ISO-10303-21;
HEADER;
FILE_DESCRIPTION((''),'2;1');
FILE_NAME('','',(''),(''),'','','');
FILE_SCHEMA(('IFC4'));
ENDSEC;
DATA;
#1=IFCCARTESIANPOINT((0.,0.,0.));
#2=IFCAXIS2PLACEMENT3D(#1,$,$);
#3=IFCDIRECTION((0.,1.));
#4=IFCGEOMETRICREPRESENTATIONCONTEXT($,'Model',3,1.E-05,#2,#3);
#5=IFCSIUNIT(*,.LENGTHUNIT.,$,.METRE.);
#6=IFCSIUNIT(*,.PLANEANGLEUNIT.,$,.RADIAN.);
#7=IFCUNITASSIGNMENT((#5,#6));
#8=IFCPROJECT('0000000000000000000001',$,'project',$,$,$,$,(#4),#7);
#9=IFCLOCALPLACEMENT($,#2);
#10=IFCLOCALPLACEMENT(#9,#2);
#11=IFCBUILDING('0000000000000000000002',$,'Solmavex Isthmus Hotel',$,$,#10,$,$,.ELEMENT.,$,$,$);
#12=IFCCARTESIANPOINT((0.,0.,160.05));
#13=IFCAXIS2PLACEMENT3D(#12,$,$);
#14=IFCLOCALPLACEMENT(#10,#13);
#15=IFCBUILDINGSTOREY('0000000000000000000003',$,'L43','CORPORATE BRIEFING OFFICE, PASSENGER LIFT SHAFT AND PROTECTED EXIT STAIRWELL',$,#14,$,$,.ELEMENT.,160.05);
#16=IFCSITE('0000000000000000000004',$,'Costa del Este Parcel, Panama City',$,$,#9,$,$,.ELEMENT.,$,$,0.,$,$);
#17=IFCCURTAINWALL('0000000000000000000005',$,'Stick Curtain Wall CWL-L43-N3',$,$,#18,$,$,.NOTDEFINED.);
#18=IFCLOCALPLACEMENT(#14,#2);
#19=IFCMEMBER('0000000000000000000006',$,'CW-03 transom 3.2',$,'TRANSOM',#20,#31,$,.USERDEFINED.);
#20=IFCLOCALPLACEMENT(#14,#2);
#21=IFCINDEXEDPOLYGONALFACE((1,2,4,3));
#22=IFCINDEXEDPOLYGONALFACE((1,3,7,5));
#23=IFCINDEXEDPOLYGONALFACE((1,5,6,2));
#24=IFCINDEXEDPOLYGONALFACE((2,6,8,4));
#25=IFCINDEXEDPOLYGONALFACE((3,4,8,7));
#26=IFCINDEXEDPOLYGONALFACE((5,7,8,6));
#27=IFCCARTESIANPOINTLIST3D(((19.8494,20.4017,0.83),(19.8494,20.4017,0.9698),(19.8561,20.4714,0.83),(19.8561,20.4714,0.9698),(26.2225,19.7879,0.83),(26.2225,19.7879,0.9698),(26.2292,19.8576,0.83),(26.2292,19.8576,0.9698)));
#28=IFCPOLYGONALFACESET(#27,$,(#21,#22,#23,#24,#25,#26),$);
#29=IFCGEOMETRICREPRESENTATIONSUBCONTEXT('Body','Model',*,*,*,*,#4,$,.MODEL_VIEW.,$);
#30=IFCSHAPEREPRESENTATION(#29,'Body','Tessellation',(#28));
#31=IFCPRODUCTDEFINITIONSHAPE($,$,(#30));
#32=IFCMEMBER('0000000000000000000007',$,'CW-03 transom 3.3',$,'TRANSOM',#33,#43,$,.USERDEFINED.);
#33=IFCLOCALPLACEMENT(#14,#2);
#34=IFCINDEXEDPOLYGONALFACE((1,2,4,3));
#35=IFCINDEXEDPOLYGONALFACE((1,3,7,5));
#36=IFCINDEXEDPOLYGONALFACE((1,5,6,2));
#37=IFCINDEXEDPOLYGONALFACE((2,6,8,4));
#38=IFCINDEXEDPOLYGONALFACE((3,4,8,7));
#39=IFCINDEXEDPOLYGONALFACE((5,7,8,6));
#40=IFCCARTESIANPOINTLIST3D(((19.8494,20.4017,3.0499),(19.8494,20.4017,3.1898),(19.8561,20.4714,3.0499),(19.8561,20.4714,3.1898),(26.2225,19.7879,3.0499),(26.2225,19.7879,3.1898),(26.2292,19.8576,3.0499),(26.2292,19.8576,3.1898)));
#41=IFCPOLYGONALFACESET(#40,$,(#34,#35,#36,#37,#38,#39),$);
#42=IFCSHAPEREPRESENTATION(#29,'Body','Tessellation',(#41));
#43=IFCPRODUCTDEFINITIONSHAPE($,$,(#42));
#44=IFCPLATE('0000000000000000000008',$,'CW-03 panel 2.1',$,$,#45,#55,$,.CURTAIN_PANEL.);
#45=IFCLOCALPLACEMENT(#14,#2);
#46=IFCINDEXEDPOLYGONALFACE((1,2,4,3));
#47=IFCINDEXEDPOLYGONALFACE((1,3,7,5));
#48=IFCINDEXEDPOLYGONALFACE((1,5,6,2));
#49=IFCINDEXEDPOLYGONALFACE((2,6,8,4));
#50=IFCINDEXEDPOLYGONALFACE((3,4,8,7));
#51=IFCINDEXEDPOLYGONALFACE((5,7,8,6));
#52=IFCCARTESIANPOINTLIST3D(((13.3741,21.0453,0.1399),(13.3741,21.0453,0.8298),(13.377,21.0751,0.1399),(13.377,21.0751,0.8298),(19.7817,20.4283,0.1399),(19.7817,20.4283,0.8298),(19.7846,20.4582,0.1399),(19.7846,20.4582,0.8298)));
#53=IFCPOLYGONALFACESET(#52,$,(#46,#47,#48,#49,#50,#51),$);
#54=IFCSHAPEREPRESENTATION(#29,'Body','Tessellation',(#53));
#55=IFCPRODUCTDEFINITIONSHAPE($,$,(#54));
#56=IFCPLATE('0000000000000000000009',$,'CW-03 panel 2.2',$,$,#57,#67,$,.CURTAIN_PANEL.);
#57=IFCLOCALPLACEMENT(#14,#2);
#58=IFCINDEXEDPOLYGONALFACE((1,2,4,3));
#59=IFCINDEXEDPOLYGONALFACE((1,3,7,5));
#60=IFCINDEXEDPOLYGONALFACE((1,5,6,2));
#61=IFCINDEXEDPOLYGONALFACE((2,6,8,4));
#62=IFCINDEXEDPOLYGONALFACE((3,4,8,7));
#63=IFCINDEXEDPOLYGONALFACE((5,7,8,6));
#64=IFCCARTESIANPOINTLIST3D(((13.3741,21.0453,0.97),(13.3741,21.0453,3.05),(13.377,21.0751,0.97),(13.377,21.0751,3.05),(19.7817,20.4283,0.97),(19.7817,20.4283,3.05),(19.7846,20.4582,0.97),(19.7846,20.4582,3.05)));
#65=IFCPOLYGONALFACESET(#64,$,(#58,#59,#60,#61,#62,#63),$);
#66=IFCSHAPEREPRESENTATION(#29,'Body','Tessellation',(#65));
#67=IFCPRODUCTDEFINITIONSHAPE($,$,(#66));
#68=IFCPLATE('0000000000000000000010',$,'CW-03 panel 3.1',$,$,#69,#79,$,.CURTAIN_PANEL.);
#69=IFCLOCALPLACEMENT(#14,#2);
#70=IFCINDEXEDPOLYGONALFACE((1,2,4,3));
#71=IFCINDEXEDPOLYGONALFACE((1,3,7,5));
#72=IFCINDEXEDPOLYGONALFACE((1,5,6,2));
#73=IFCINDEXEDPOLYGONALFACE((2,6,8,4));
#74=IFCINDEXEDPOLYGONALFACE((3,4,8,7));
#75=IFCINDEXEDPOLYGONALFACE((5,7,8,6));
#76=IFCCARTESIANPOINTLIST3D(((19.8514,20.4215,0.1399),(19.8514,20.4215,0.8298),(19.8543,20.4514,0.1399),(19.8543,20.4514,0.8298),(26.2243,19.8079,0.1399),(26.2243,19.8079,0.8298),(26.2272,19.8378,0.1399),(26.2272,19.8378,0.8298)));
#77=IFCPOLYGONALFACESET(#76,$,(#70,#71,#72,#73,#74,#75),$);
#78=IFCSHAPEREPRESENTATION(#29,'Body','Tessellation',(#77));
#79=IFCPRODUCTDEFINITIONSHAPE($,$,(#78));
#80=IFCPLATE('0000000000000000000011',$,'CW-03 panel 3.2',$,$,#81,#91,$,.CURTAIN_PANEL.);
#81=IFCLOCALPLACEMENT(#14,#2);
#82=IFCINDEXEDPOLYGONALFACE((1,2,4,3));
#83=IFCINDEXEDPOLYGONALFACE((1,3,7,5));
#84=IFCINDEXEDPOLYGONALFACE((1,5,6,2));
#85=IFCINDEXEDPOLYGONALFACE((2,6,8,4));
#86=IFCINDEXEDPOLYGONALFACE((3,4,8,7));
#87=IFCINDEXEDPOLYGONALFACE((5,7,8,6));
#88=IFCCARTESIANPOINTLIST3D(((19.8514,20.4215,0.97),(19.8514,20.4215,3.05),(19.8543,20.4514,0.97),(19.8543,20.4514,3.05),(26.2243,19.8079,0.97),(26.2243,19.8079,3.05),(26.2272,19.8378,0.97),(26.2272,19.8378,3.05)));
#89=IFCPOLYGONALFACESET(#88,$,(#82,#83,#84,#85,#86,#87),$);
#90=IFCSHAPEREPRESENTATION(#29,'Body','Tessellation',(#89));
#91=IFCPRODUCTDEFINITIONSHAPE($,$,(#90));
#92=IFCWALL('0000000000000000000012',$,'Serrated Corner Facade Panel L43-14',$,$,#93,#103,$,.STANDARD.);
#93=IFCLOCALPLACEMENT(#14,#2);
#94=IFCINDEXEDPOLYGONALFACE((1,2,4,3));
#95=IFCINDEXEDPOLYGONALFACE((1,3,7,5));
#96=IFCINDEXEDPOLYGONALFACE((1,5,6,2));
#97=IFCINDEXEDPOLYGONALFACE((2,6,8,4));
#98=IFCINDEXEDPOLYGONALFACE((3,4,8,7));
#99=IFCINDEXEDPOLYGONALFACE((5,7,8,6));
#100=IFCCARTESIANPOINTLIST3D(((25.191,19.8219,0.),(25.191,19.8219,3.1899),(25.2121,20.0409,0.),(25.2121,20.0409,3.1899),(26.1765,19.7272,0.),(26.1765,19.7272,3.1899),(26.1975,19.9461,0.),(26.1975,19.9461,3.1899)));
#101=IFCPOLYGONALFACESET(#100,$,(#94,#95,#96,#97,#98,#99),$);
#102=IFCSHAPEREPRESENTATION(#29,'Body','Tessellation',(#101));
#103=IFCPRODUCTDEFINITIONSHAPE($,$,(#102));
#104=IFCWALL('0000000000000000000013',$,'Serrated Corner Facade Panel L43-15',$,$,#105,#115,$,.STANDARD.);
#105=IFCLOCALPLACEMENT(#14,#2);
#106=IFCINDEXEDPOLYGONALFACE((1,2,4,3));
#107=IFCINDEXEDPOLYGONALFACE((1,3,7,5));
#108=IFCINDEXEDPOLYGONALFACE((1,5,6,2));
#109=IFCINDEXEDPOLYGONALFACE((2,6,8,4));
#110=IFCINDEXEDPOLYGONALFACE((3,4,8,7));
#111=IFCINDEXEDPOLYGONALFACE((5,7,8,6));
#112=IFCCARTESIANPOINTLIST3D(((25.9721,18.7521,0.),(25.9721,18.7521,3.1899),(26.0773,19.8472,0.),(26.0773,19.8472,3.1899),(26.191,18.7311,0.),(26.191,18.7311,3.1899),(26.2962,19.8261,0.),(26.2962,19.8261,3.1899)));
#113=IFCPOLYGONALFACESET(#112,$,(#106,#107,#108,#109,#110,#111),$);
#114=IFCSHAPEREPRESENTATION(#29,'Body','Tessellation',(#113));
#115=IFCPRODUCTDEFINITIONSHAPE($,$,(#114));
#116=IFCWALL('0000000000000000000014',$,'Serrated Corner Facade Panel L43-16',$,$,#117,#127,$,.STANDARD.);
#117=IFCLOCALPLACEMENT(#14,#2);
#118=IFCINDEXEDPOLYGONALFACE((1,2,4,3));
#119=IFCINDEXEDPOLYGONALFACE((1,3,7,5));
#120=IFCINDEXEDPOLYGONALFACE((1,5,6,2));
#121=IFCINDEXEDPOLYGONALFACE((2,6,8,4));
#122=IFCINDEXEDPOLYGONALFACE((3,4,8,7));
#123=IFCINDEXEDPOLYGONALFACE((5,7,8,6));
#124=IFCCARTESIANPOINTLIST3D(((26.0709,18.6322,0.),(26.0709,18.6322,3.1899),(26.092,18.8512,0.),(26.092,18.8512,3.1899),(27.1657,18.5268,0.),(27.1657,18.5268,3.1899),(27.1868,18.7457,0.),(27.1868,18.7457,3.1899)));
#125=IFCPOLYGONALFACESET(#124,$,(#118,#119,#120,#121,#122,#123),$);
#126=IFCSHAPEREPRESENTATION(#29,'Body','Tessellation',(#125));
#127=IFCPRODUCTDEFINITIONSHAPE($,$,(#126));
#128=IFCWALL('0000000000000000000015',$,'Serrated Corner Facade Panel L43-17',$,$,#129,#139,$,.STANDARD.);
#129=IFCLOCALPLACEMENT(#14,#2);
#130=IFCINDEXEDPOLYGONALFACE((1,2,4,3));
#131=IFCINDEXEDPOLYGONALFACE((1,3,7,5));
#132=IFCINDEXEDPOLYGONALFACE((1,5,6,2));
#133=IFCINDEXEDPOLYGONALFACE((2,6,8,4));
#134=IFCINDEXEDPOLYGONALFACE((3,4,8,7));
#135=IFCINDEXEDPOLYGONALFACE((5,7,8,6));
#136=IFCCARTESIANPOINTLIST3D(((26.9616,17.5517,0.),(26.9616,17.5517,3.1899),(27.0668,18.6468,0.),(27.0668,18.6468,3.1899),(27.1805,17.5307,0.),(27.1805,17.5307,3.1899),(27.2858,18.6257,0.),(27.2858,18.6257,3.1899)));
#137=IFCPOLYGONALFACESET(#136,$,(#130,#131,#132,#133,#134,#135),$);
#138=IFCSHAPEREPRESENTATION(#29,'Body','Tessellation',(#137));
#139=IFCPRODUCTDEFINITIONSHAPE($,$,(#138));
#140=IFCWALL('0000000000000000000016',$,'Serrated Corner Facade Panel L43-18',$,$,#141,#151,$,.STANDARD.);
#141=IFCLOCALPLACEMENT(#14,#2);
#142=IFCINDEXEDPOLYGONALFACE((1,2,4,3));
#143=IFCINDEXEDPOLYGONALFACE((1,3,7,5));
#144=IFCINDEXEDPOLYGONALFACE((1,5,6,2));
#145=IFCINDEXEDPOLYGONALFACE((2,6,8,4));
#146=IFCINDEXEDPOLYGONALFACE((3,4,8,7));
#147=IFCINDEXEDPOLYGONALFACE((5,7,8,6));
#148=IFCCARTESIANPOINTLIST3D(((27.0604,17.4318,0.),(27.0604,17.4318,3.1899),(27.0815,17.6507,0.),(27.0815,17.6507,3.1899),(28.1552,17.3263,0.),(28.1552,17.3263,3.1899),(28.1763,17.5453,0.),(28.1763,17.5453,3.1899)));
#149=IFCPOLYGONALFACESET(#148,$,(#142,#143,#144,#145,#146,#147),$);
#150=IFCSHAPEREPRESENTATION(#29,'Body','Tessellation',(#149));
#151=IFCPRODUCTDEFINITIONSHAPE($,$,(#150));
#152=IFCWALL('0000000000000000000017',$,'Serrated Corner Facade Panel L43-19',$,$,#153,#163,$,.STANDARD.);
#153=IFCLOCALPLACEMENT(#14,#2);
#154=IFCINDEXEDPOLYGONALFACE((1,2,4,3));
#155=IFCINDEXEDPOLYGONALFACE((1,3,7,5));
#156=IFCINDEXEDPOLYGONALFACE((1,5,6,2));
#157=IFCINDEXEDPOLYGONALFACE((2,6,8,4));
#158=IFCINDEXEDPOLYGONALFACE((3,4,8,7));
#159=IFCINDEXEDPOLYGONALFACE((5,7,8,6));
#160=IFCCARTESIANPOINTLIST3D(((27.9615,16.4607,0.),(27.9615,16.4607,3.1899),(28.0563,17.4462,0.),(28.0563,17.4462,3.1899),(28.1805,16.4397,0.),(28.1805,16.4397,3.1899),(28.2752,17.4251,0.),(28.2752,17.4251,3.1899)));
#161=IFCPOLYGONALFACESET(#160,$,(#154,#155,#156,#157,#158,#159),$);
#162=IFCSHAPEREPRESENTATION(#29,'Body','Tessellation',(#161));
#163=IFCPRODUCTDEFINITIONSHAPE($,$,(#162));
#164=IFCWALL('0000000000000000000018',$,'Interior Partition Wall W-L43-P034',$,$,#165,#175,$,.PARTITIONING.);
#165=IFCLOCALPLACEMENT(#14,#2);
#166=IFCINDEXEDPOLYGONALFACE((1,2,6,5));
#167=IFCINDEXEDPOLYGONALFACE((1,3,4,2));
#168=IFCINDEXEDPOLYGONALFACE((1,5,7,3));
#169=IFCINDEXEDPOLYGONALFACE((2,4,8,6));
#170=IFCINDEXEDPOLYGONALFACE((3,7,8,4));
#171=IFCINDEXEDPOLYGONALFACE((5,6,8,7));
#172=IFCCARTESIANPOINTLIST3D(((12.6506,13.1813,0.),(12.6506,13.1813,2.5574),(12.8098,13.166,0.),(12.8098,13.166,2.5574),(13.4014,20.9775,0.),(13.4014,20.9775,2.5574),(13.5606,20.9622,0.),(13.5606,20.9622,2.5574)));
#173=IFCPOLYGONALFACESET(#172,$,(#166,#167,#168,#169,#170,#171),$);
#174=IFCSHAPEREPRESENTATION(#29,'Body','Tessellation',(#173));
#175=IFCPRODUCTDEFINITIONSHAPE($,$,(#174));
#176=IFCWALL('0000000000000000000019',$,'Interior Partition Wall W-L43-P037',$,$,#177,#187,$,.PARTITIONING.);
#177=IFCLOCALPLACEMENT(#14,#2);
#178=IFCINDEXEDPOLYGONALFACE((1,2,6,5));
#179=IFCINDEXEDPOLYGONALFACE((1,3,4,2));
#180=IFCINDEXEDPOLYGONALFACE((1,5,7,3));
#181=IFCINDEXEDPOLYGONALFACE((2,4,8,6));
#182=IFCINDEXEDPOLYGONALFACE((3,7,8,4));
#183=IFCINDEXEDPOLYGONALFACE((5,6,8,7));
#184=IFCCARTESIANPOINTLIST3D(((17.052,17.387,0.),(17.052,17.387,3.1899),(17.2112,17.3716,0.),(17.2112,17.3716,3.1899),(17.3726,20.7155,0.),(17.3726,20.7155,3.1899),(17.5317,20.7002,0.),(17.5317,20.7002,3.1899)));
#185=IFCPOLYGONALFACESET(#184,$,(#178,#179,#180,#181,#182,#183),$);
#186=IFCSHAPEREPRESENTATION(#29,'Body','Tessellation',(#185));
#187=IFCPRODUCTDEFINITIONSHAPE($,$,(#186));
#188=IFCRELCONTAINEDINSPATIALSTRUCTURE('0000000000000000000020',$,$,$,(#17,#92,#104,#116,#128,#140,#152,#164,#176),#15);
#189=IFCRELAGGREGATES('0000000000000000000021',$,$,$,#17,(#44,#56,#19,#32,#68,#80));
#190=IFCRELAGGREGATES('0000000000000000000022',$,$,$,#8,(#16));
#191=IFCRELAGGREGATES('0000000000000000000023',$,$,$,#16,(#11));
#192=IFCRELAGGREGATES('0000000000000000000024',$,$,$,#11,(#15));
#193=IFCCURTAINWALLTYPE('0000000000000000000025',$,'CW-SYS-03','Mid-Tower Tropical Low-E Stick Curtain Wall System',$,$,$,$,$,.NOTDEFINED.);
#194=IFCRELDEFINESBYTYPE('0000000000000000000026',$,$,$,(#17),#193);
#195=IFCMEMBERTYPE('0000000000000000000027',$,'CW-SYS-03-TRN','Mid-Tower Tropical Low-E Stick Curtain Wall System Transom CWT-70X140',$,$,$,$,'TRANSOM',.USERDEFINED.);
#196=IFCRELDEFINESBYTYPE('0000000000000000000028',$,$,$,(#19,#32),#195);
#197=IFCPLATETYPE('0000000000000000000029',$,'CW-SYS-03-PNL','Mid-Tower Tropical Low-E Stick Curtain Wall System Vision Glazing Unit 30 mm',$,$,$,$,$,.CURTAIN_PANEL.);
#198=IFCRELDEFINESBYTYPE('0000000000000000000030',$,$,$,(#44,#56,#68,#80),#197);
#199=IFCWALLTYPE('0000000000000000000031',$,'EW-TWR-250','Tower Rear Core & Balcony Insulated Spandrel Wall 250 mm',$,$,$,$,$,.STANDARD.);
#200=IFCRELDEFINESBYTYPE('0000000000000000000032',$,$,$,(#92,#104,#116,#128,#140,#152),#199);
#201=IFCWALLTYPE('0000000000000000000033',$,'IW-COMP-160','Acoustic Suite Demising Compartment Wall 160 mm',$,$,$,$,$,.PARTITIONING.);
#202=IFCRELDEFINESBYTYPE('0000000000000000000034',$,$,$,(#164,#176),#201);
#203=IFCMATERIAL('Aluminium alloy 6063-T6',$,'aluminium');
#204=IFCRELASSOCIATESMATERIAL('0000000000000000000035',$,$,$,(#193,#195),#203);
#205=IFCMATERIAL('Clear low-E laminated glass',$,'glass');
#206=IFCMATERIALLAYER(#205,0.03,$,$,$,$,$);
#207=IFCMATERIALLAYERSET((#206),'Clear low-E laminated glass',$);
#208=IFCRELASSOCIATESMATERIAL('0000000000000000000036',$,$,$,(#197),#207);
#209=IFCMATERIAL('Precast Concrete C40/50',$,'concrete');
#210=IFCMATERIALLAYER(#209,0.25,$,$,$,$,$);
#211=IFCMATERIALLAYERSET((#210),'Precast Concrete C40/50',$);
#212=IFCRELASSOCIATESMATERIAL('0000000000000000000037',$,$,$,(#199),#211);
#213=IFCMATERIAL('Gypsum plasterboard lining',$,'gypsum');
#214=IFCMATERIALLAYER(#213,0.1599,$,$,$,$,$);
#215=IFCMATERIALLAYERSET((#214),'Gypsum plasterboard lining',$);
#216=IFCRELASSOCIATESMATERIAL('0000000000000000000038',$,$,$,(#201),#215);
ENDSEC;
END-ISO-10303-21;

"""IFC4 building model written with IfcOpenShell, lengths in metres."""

from ifc_helpers import new_model, si_unit, direction, frame, frame_2d, origin, origin_2d, place, context, subcontext, project, spatial, rectangle, extrude, material, layer, layer_set, material_profile, profile_set, type_object, element, aggregate, save


model = new_model("IFC4")

# Units and contexts
model_context = context("Model", 3, precision=1e-05, world=origin(), true_north=direction((0.0, 1.0)))
body_context = subcontext(model_context, "Body", "Model", "MODEL_VIEW")
ifc_project = project(units=[si_unit("LENGTHUNIT", "METRE"), si_unit("PLANEANGLEUNIT", "RADIAN")], contexts=[model_context])

# Site, building, storey
site_placement = place(None, origin())
site = spatial("IfcSite", under=ifc_project, at=site_placement, Name="Costa del Este Parcel, Panama City", CompositionType="ELEMENT", RefElevation=0.0)
building_placement = place(site_placement, origin())
building = spatial("IfcBuilding", under=site, at=building_placement, Name="Solmavex Isthmus Hotel", CompositionType="ELEMENT")
storey_placement = place(building_placement, frame((0.0, 0.0, 160.05)))
storey = spatial("IfcBuildingStorey", under=building, at=storey_placement, Name="L43", Description="CORPORATE BRIEFING OFFICE, PASSENGER LIFT SHAFT AND PROTECTED EXIT STAIRWELL", CompositionType="ELEMENT", Elevation=160.05)

# Curtain wall
ifc_material_1 = material(Name="Aluminium alloy 6063-T6", Category="aluminium")
curtain_wall_type = type_object("IfcCurtainWallType", Name="CW-SYS-03", Description="Mid-Tower Tropical Low-E Stick Curtain Wall System", PredefinedType="NOTDEFINED", material=ifc_material_1)
curtain_wall_1_placement = place(storey_placement, origin())
curtain_wall_1 = element("IfcCurtainWall", 1, at=curtain_wall_1_placement, inside=storey, type_object=curtain_wall_type, Name="Stick Curtain Wall CWL-L43-N3", PredefinedType="NOTDEFINED")

# Members
ifc_material_profile_1 = material_profile(ifc_material_1, rectangle(XDim=0.0701, YDim=0.1399, at=origin_2d()), Name="CWT-70X140")
ifc_profile_set_1 = profile_set([ifc_material_profile_1], Name="Aluminium alloy 6063-T6")
member_type_1 = type_object("IfcMemberType", Name="CW-SYS-03-TRN", Description="Mid-Tower Tropical Low-E Stick Curtain Wall System Transom CWT-70X140", ElementType="TRANSOM", PredefinedType="USERDEFINED", material=ifc_profile_set_1)
member_1_placement = place(storey_placement, frame((19.8528, 20.4365, 0.8999), z_axis=(0.995394, -0.095864, 0.0), x_axis=(0.095864, 0.995394, 0.0)))
member_1 = element("IfcMember", 2, at=member_1_placement, type_object=member_type_1, Name="CW-03 transom 3.2", ObjectType="TRANSOM", PredefinedType="USERDEFINED", context=body_context, shape_type="SweptSolid", body=[
    extrude(rectangle(XDim=0.0701, YDim=0.1399, at=origin_2d()), origin(), (0.0, 0.0, 1.0), 6.4026),
])
member_2_placement = place(storey_placement, frame((19.8528, 20.4365, 3.1199), z_axis=(0.995394, -0.095864, 0.0), x_axis=(0.095864, 0.995394, 0.0)))
member_2 = element("IfcMember", 3, at=member_2_placement, type_object=member_type_1, Name="CW-03 transom 3.3", ObjectType="TRANSOM", PredefinedType="USERDEFINED", context=body_context, shape_type="SweptSolid", body=[
    extrude(rectangle(XDim=0.0701, YDim=0.1399, at=origin_2d()), origin(), (0.0, 0.0, 1.0), 6.4026),
])

# Plates
ifc_material_2 = material(Name="Clear low-E laminated glass", Category="glass")
ifc_layer_1 = layer(ifc_material_2, 0.03)
ifc_layer_set_1 = layer_set([ifc_layer_1], Name="Clear low-E laminated glass")
plate_type = type_object("IfcPlateType", Name="CW-SYS-03-PNL", Description="Mid-Tower Tropical Low-E Stick Curtain Wall System Vision Glazing Unit 30 mm", PredefinedType="CURTAIN_PANEL", material=ifc_layer_set_1)
plate_1_placement = place(storey_placement, frame((16.5793, 20.7517, 0.1399), z_axis=(0.0, 0.0, 1.0), x_axis=(0.995396, -0.095846, 0.0)))
plate_1 = element("IfcPlate", 4, at=plate_1_placement, type_object=plate_type, Name="CW-03 panel 2.1", PredefinedType="CURTAIN_PANEL", context=body_context, shape_type="SweptSolid", body=[
    extrude(rectangle(XDim=6.4373, YDim=0.03, at=origin_2d()), origin(), (0.0, 0.0, 1.0), 0.6899),
])
plate_2_placement = place(storey_placement, frame((16.5793, 20.7517, 0.97), z_axis=(0.0, 0.0, 1.0), x_axis=(0.995396, -0.095846, 0.0)))
plate_2 = element("IfcPlate", 5, at=plate_2_placement, type_object=plate_type, Name="CW-03 panel 2.2", PredefinedType="CURTAIN_PANEL", context=body_context, shape_type="SweptSolid", body=[
    extrude(rectangle(XDim=6.4373, YDim=0.03, at=origin_2d()), origin(), (0.0, 0.0, 1.0), 2.0801),
])
plate_3_placement = place(storey_placement, frame((23.0393, 20.1296, 0.1399), z_axis=(0.0, 0.0, 1.0), x_axis=(0.995396, -0.095846, 0.0)))
plate_3 = element("IfcPlate", 6, at=plate_3_placement, type_object=plate_type, Name="CW-03 panel 3.1", PredefinedType="CURTAIN_PANEL", context=body_context, shape_type="SweptSolid", body=[
    extrude(rectangle(XDim=6.4023, YDim=0.03, at=origin_2d()), origin(), (0.0, 0.0, 1.0), 0.6899),
])
plate_4_placement = place(storey_placement, frame((23.0393, 20.1296, 0.97), z_axis=(0.0, 0.0, 1.0), x_axis=(0.995396, -0.095846, 0.0)))
plate_4 = element("IfcPlate", 7, at=plate_4_placement, type_object=plate_type, Name="CW-03 panel 3.2", PredefinedType="CURTAIN_PANEL", context=body_context, shape_type="SweptSolid", body=[
    extrude(rectangle(XDim=6.4023, YDim=0.03, at=origin_2d()), origin(), (0.0, 0.0, 1.0), 2.0801),
])
aggregate(curtain_wall_1, [plate_1, plate_2, member_1, member_2, plate_3, plate_4])

# Walls
ifc_material_3 = material(Name="Precast Concrete C40/50", Category="concrete")
ifc_layer_2 = layer(ifc_material_3, 0.25)
ifc_layer_set_2 = layer_set([ifc_layer_2], Name="Precast Concrete C40/50")
wall_type_1 = type_object("IfcWallType", Name="EW-TWR-250", Description="Tower Rear Core & Balcony Insulated Spandrel Wall 250 mm", PredefinedType="STANDARD", material=ifc_layer_set_2)
wall_1_placement = place(storey_placement, frame((25.2014, 19.9314, 0.0), z_axis=(0.0, 0.0, 1.0), x_axis=(0.995411, -0.095694, 0.0)))
element("IfcWall", 8, at=wall_1_placement, inside=storey, type_object=wall_type_1, Name="Serrated Corner Facade Panel L43-14", PredefinedType="STANDARD", context=body_context, shape_type="SweptSolid", body=[
    extrude(rectangle(XDim=0.99, YDim=0.22, at=frame_2d((0.4951, 0.0))), origin(), (0.0, 0.0, 1.0), 3.1899),
])
wall_2_placement = place(storey_placement, frame((26.1868, 19.8367, 0.0), z_axis=(0.0, 0.0, 1.0), x_axis=(-0.095657, -0.995414, 0.0)))
element("IfcWall", 9, at=wall_2_placement, inside=storey, type_object=wall_type_1, Name="Serrated Corner Facade Panel L43-15", PredefinedType="STANDARD", context=body_context, shape_type="SweptSolid", body=[
    extrude(rectangle(XDim=1.1001, YDim=0.22, at=frame_2d((0.55, 0.0))), origin(), (0.0, 0.0, 1.0), 3.1899),
])
wall_3_placement = place(storey_placement, frame((26.0815, 18.7417, 0.0), z_axis=(0.0, 0.0, 1.0), x_axis=(0.995391, -0.095899, 0.0)))
element("IfcWall", 10, at=wall_3_placement, inside=storey, type_object=wall_type_1, Name="Serrated Corner Facade Panel L43-16", PredefinedType="STANDARD", context=body_context, shape_type="SweptSolid", body=[
    extrude(rectangle(XDim=1.0999, YDim=0.22, at=frame_2d((0.5498, 0.0))), origin(), (0.0, 0.0, 1.0), 3.1899),
])
wall_4_placement = place(storey_placement, frame((27.1763, 18.6362, 0.0), z_axis=(0.0, 0.0, 1.0), x_axis=(-0.095657, -0.995414, 0.0)))
element("IfcWall", 11, at=wall_4_placement, inside=storey, type_object=wall_type_1, Name="Serrated Corner Facade Panel L43-17", PredefinedType="STANDARD", context=body_context, shape_type="SweptSolid", body=[
    extrude(rectangle(XDim=1.1001, YDim=0.22, at=frame_2d((0.55, 0.0))), origin(), (0.0, 0.0, 1.0), 3.1899),
])
wall_5_placement = place(storey_placement, frame((27.071, 17.5413, 0.0), z_axis=(0.0, 0.0, 1.0), x_axis=(0.995391, -0.095899, 0.0)))
element("IfcWall", 12, at=wall_5_placement, inside=storey, type_object=wall_type_1, Name="Serrated Corner Facade Panel L43-18", PredefinedType="STANDARD", context=body_context, shape_type="SweptSolid", body=[
    extrude(rectangle(XDim=1.0999, YDim=0.22, at=frame_2d((0.5498, 0.0))), origin(), (0.0, 0.0, 1.0), 3.1899),
])
wall_6_placement = place(storey_placement, frame((28.1658, 17.4358, 0.0), z_axis=(0.0, 0.0, 1.0), x_axis=(-0.095694, -0.995411, 0.0)))
element("IfcWall", 13, at=wall_6_placement, inside=storey, type_object=wall_type_1, Name="Serrated Corner Facade Panel L43-19", PredefinedType="STANDARD", context=body_context, shape_type="SweptSolid", body=[
    extrude(rectangle(XDim=0.99, YDim=0.22, at=frame_2d((0.4951, 0.0))), origin(), (0.0, 0.0, 1.0), 3.1899),
])
ifc_material_4 = material(Name="Gypsum plasterboard lining", Category="gypsum")
ifc_layer_3 = layer(ifc_material_4, 0.1599)
ifc_layer_set_3 = layer_set([ifc_layer_3], Name="Gypsum plasterboard lining")
wall_type_2 = type_object("IfcWallType", Name="IW-COMP-160", Description="Acoustic Suite Demising Compartment Wall 160 mm", PredefinedType="PARTITIONING", material=ifc_layer_set_3)
wall_7_placement = place(storey_placement, frame((13.481, 20.9697, 0.0), z_axis=(0.0, 0.0, 1.0), x_axis=(-0.095852, -0.995396, 0.0)))
element("IfcWall", 14, at=wall_7_placement, inside=storey, type_object=wall_type_2, Name="Interior Partition Wall W-L43-P034", PredefinedType="PARTITIONING", context=body_context, shape_type="SweptSolid", body=[
    extrude(rectangle(XDim=7.8323, YDim=0.1599, at=frame_2d((3.916, 0.0))), origin(), (0.0, 0.0, 1.0), 2.5574),
])
wall_8_placement = place(storey_placement, frame((17.4521, 20.7078, 0.0), z_axis=(0.0, 0.0, 1.0), x_axis=(-0.09586, -0.995395, 0.0)))
element("IfcWall", 15, at=wall_8_placement, inside=storey, type_object=wall_type_2, Name="Interior Partition Wall W-L43-P037", PredefinedType="PARTITIONING", context=body_context, shape_type="SweptSolid", body=[
    extrude(rectangle(XDim=3.344, YDim=0.1599, at=frame_2d((1.6719, 0.0))), origin(), (0.0, 0.0, 1.0), 3.1899),
])

save(model, "model.ifc")
